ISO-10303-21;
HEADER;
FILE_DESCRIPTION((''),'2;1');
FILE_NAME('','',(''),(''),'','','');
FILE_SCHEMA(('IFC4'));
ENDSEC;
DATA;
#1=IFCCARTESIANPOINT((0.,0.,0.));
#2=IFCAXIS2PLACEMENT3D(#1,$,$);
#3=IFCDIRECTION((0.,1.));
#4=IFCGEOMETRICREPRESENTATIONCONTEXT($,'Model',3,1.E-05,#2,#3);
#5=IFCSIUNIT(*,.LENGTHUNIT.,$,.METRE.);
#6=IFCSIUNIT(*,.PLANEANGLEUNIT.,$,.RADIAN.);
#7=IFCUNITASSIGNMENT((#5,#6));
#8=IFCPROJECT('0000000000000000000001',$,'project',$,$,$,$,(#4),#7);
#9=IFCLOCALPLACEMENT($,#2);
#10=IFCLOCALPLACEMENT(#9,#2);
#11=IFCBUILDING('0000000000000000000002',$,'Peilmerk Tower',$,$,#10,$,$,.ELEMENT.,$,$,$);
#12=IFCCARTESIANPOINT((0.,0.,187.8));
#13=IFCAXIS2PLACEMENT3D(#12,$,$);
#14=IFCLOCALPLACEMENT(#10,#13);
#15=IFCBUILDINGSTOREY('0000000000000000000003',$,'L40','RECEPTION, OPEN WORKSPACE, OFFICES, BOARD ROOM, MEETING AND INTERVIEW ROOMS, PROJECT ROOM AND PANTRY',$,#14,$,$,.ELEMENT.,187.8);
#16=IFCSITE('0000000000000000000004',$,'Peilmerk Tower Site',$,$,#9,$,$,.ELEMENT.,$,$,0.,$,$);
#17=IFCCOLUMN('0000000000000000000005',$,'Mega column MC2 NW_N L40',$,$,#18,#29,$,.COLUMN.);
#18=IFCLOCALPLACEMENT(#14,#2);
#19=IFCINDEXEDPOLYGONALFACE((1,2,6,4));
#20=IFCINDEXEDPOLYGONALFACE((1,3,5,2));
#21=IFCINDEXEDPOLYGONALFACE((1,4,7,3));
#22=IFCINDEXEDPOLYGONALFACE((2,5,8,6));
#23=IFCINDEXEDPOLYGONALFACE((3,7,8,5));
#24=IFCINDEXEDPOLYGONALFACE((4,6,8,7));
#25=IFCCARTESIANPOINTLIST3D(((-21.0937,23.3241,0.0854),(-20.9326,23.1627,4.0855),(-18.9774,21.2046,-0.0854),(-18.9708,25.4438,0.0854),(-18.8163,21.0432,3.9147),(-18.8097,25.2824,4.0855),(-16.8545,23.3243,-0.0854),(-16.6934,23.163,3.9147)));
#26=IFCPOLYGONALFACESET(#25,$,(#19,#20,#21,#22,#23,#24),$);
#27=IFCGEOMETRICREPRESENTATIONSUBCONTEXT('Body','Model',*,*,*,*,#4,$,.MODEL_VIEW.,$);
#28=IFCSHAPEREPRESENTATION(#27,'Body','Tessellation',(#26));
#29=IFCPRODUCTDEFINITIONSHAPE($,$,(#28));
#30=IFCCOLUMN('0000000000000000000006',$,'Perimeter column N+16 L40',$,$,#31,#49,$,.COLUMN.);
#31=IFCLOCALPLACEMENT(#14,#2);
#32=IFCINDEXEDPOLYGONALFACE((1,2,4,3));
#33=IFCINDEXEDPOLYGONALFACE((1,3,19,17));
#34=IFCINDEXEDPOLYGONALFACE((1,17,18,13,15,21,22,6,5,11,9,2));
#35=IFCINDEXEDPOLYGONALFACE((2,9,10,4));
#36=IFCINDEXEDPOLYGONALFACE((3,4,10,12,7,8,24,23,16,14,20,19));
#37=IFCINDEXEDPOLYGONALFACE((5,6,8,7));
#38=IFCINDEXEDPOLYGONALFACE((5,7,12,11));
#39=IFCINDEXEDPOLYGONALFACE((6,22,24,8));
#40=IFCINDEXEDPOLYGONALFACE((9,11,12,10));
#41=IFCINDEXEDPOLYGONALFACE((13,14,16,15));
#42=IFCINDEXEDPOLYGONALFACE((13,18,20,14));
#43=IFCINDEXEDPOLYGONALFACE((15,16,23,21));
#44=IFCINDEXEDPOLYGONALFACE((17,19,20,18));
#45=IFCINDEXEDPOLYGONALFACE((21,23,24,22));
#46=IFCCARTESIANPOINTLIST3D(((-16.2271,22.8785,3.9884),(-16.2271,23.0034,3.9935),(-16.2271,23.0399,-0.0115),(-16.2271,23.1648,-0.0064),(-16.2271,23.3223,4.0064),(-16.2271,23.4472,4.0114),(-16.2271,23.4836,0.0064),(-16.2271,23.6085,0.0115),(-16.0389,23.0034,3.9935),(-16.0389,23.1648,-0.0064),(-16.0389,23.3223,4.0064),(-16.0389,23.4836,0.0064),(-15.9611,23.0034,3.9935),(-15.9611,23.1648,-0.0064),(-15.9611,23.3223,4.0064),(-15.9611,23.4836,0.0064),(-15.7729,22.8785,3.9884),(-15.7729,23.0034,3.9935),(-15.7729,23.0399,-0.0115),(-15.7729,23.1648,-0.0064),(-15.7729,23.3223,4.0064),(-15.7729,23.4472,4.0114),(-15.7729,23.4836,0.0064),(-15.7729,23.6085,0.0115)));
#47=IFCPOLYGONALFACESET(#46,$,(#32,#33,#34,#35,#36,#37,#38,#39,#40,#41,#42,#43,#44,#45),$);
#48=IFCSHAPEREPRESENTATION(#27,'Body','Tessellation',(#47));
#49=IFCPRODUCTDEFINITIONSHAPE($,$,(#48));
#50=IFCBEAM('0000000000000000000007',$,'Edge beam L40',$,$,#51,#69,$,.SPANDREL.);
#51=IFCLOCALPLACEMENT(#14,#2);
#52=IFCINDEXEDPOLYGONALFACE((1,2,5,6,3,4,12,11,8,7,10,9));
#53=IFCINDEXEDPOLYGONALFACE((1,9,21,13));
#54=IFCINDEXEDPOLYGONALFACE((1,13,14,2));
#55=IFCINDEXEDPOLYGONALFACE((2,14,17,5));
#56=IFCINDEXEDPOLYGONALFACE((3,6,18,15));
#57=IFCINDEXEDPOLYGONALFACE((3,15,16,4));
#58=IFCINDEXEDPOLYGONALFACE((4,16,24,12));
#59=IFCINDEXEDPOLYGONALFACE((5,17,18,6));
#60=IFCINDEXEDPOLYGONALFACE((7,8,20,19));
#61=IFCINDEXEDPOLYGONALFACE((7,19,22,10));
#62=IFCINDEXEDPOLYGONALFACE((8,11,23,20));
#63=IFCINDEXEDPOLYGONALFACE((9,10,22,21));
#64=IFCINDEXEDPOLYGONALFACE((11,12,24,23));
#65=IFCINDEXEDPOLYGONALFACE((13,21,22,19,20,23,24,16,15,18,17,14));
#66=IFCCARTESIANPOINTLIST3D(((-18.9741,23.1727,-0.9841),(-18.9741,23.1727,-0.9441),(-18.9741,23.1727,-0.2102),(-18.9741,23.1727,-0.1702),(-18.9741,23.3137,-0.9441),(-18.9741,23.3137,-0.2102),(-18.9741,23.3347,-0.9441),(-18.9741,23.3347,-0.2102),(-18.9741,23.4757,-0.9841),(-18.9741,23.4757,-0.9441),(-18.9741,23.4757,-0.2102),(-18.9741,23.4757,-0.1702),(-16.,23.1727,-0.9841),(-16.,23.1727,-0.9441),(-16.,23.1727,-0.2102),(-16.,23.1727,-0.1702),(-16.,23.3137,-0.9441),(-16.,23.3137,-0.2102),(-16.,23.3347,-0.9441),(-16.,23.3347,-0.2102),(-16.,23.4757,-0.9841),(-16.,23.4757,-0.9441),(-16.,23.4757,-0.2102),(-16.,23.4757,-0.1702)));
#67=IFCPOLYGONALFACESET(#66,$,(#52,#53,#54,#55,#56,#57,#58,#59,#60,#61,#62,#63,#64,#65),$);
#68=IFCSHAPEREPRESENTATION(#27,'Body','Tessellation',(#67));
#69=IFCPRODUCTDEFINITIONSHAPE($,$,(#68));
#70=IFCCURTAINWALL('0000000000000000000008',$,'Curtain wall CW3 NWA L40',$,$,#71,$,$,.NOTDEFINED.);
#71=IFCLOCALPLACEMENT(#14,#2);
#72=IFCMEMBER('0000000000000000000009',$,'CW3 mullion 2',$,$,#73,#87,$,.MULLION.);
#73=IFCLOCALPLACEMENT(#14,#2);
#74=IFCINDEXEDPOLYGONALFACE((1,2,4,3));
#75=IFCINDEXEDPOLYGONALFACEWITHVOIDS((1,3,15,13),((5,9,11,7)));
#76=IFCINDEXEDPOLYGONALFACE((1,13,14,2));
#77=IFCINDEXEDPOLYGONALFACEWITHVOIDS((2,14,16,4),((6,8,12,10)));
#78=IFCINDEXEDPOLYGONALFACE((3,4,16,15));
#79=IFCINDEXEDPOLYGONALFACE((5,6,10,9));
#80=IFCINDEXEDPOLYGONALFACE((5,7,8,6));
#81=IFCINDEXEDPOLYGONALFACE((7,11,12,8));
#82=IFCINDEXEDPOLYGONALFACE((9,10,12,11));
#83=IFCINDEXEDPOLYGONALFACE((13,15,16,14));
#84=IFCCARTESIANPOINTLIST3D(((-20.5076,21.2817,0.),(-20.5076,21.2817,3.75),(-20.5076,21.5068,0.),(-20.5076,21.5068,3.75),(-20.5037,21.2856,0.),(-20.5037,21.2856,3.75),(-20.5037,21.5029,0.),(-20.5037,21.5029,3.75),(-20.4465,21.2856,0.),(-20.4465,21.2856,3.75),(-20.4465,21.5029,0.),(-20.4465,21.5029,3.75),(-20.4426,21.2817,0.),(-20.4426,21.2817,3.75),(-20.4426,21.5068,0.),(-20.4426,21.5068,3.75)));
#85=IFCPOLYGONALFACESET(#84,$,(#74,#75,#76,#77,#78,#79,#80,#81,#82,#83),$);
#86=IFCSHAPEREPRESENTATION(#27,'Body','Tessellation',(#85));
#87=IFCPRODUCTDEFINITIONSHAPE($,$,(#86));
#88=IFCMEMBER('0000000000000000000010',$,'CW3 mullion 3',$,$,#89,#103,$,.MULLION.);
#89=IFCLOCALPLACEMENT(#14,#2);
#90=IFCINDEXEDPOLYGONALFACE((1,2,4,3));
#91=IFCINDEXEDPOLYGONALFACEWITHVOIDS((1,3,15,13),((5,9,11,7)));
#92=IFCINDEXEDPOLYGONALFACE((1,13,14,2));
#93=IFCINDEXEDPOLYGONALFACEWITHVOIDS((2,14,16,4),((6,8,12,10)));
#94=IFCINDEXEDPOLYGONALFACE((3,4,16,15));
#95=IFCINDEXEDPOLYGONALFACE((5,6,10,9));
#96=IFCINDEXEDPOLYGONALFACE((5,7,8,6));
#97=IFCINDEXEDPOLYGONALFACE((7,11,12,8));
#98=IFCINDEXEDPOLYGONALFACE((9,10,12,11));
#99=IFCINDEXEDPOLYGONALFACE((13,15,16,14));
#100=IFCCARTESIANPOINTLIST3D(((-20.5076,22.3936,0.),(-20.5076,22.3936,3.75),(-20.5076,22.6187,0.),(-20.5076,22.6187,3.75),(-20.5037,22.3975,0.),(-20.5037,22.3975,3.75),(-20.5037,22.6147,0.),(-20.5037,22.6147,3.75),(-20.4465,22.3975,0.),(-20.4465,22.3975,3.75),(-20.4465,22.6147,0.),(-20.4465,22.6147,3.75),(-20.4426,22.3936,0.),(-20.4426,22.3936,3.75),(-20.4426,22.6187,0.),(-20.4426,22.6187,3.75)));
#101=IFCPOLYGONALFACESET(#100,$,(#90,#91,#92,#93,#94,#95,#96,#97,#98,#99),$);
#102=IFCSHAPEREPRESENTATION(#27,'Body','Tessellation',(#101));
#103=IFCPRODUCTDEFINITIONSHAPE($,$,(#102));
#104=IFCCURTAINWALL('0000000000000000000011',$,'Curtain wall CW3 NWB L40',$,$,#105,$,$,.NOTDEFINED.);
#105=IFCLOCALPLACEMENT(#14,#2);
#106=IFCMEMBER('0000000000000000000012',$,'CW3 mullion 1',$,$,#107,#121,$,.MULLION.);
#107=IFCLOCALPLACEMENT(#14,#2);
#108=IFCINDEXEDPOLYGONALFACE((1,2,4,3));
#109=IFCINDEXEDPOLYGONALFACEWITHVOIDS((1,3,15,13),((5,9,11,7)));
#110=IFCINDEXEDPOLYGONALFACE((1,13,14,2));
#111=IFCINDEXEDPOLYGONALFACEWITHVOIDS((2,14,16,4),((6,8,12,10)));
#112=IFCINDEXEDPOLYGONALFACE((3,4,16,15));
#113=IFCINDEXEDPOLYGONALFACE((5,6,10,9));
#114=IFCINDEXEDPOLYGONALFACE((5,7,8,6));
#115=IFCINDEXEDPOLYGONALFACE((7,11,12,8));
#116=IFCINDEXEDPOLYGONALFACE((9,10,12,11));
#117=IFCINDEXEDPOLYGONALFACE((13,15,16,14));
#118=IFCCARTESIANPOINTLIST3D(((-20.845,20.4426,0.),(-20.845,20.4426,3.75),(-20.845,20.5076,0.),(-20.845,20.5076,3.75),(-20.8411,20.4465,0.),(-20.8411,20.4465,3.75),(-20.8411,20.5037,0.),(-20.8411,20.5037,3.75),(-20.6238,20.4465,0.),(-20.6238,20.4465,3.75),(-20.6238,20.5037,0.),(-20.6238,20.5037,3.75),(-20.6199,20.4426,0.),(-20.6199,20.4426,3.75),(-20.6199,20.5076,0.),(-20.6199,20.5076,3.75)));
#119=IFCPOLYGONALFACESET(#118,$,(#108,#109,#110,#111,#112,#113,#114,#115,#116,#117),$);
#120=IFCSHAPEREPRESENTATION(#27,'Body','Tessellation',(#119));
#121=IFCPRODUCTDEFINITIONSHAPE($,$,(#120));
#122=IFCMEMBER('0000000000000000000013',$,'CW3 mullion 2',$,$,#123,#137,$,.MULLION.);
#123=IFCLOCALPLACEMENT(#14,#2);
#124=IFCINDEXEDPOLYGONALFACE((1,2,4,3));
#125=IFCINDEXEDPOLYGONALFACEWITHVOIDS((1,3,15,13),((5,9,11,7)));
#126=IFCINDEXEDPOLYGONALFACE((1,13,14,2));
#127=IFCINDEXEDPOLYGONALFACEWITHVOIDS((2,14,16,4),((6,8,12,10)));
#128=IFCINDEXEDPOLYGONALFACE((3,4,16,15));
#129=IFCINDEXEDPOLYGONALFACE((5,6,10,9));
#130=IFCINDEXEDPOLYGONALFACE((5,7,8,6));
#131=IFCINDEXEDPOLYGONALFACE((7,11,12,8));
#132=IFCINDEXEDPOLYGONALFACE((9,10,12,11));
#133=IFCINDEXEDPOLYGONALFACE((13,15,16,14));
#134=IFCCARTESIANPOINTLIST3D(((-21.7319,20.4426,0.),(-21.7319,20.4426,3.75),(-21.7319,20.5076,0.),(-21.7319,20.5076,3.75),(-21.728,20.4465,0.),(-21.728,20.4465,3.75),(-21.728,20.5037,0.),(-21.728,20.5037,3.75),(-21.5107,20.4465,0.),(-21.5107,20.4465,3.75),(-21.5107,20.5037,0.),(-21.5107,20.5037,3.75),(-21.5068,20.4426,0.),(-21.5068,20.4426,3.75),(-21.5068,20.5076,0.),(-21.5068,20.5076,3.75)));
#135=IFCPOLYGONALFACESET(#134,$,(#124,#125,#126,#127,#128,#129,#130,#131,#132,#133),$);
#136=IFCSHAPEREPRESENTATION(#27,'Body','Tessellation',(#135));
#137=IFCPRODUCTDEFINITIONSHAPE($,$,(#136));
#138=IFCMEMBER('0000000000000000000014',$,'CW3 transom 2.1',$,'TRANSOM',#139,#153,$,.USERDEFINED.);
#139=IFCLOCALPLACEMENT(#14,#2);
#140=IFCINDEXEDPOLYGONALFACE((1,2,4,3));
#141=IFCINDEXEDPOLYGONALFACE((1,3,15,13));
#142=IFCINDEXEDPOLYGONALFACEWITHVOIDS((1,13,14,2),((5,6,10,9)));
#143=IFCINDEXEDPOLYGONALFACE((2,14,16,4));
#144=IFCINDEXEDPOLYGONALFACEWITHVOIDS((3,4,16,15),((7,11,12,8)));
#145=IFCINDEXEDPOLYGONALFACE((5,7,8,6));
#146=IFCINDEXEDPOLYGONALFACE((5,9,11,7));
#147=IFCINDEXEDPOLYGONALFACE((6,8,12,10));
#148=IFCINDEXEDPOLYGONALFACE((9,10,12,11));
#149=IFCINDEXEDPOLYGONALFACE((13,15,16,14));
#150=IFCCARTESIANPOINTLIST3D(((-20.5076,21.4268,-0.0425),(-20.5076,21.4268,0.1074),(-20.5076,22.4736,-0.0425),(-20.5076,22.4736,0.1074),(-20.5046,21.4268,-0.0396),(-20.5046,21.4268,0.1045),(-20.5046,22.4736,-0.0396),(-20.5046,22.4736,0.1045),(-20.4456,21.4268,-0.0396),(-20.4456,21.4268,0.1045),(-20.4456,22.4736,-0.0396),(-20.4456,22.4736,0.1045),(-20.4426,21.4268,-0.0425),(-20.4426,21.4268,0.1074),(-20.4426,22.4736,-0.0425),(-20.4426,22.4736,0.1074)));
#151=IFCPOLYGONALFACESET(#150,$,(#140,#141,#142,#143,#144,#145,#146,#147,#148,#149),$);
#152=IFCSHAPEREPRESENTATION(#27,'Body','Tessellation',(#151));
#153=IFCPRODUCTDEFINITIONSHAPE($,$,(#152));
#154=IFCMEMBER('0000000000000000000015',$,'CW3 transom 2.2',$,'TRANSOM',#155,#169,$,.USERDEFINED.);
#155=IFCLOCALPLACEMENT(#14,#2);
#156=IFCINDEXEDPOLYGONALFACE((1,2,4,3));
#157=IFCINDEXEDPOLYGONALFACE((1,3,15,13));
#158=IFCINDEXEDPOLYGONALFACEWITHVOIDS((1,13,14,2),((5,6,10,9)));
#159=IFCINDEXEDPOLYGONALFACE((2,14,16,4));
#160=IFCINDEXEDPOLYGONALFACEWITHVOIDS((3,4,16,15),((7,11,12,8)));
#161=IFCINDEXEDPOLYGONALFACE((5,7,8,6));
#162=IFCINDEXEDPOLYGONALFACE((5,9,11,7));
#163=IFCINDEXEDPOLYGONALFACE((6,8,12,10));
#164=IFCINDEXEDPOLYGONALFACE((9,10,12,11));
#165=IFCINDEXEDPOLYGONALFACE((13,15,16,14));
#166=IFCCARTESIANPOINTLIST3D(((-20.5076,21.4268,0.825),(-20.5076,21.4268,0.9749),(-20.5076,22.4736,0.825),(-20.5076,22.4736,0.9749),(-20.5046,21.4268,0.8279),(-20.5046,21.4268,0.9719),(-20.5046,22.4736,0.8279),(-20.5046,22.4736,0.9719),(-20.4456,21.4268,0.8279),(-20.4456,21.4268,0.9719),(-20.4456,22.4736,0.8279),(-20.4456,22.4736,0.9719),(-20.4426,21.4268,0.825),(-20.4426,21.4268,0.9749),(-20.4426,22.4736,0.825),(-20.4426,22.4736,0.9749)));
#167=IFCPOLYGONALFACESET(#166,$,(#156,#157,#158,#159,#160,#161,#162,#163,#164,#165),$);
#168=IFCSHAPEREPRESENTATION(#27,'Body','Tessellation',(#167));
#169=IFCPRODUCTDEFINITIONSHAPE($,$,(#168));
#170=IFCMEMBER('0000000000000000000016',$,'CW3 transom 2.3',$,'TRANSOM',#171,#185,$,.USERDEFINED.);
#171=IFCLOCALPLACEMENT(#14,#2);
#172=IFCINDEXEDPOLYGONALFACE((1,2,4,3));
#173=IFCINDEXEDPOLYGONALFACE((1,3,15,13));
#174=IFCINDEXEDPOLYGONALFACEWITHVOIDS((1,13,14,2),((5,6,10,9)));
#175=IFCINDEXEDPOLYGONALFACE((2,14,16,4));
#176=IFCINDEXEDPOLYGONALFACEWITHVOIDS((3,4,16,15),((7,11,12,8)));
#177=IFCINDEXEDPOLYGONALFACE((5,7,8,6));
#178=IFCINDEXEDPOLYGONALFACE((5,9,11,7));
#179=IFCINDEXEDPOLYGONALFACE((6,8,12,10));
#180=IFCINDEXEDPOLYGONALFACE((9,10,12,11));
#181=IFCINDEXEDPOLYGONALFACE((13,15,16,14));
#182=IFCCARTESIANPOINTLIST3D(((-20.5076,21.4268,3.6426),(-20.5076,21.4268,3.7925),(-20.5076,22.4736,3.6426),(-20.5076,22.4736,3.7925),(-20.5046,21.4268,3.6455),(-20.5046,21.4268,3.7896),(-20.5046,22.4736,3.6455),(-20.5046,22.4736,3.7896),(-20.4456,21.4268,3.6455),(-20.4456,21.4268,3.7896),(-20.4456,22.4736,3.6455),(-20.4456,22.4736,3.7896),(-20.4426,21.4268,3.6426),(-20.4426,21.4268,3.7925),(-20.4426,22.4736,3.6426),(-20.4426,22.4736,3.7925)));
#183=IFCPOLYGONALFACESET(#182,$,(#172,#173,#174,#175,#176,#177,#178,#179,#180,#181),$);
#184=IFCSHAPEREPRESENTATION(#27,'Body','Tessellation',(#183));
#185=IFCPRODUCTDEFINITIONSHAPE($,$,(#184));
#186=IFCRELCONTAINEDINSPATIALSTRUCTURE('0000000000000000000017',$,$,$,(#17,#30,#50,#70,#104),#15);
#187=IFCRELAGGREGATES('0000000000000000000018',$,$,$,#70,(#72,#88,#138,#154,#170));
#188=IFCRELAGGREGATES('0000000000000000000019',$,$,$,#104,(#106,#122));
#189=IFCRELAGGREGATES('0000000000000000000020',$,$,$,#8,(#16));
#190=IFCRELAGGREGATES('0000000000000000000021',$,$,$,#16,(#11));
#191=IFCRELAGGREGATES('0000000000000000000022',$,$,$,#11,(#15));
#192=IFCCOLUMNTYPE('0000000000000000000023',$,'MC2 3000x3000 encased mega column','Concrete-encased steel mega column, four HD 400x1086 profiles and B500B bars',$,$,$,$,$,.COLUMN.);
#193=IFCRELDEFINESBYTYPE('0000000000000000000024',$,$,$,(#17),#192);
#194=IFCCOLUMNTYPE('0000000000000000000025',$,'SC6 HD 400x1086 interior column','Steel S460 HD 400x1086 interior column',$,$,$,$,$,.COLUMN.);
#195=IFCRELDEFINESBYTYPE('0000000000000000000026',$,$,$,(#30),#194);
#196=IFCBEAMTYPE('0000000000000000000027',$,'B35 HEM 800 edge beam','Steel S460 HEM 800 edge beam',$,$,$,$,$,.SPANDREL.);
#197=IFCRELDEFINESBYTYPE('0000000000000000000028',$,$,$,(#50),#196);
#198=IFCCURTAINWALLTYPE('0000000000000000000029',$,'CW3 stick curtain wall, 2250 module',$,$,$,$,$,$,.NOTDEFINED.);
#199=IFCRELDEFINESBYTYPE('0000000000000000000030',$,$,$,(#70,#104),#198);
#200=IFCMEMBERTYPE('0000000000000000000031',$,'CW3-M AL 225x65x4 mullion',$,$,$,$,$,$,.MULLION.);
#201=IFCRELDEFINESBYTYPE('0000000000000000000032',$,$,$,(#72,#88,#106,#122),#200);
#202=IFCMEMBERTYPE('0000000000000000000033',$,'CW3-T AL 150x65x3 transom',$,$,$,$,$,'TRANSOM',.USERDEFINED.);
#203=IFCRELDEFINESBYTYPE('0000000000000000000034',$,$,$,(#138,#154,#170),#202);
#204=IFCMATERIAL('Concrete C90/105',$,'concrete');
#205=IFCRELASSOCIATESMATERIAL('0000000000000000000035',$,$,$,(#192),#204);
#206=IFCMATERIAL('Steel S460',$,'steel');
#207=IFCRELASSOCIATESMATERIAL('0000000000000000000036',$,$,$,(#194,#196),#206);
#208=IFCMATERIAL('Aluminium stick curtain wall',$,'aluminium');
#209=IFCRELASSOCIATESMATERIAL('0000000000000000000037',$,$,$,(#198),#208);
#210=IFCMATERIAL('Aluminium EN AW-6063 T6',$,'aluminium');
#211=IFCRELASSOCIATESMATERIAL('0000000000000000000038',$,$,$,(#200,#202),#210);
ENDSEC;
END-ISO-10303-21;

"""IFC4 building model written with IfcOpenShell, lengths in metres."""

from ifc_helpers import new_model, si_unit, direction, frame, origin, origin_2d, place, context, subcontext, project, spatial, rectangle, hollow_rectangle, i_section, extrude, material, material_profile, profile_set, type_object, element, aggregate, save


model = new_model("IFC4")

# Units and contexts
model_context = context("Model", 3, precision=1e-05, world=origin(), true_north=direction((0.0, 1.0)))
body_context = subcontext(model_context, "Body", "Model", "MODEL_VIEW")
ifc_project = project(units=[si_unit("LENGTHUNIT", "METRE"), si_unit("PLANEANGLEUNIT", "RADIAN")], contexts=[model_context])

# Site, building, storey
site_placement = place(None, origin())
site = spatial("IfcSite", under=ifc_project, at=site_placement, Name="Peilmerk Tower Site", CompositionType="ELEMENT", RefElevation=0.0)
building_placement = place(site_placement, origin())
building = spatial("IfcBuilding", under=site, at=building_placement, Name="Peilmerk Tower", CompositionType="ELEMENT")
storey_placement = place(building_placement, frame((0.0, 0.0, 187.8)))
storey = spatial("IfcBuildingStorey", under=building, at=storey_placement, Name="L40", Description="RECEPTION, OPEN WORKSPACE, OFFICES, BOARD ROOM, MEETING AND INTERVIEW ROOMS, PROJECT ROOM AND PANTRY", CompositionType="ELEMENT", Elevation=187.8)

# Columns
ifc_material_1 = material(Name="Concrete C90/105", Category="concrete")
ifc_material_profile_1 = material_profile(ifc_material_1, rectangle(XDim=3.0, YDim=3.0, at=origin_2d()), Name="RC 3000x3000")
ifc_profile_set_1 = profile_set([ifc_material_profile_1], Name="Concrete C90/105")
column_type_1 = type_object("IfcColumnType", Name="MC2 3000x3000 encased mega column", Description="Concrete-encased steel mega column, four HD 400x1086 profiles and B500B bars", PredefinedType="COLUMN", material=ifc_profile_set_1)
column_1_placement = place(storey_placement, frame((-18.9741, 23.3242, 0.0), z_axis=(0.040218, -0.040279, 0.998379), x_axis=(0.707642, 0.706571, 0.0)))
element("IfcColumn", 1, at=column_1_placement, inside=storey, type_object=column_type_1, Name="Mega column MC2 NW_N L40", PredefinedType="COLUMN", context=body_context, shape_type="SweptSolid", body=[
    extrude(rectangle(XDim=3.0, YDim=3.0, at=origin_2d()), origin(), (0.0, 0.0, 1.0), 4.0066),
])
ifc_material_2 = material(Name="Steel S460", Category="steel")
ifc_material_profile_2 = material_profile(ifc_material_2, i_section(OverallWidth=0.4541, OverallDepth=0.5691, WebThickness=0.0779, FlangeThickness=0.125, at=origin_2d()), Name="HD 400x1086")
ifc_profile_set_2 = profile_set([ifc_material_profile_2], Name="Steel S460")
column_type_2 = type_object("IfcColumnType", Name="SC6 HD 400x1086 interior column", Description="Steel S460 HD 400x1086 interior column", PredefinedType="COLUMN", material=ifc_profile_set_2)
column_2_placement = place(storey_placement, frame((-16.0, 23.3242, 0.0), z_axis=(0.0, -0.040311, 0.999187), x_axis=(1.0, 0.0, 0.0)))
element("IfcColumn", 2, at=column_2_placement, inside=storey, type_object=column_type_2, Name="Perimeter column N+16 L40", PredefinedType="COLUMN", context=body_context, shape_type="SweptSolid", body=[
    extrude(i_section(OverallWidth=0.4541, OverallDepth=0.5691, WebThickness=0.0779, FlangeThickness=0.125, at=origin_2d()), origin(), (0.0, 0.0, 1.0), 4.0032),
])

# Beam
ifc_material_profile_3 = material_profile(ifc_material_2, i_section(OverallWidth=0.303, OverallDepth=0.814, WebThickness=0.021, FlangeThickness=0.04, at=origin_2d()), Name="HEM 800")
ifc_profile_set_3 = profile_set([ifc_material_profile_3], Name="Steel S460")
beam_type = type_object("IfcBeamType", Name="B35 HEM 800 edge beam", Description="Steel S460 HEM 800 edge beam", PredefinedType="SPANDREL", material=ifc_profile_set_3)
beam_placement = place(storey_placement, frame((-16.0, 23.3242, -0.5771), z_axis=(-1.0, 0.0, 0.0), x_axis=(0.0, -1.0, 0.0)))
element("IfcBeam", 3, at=beam_placement, inside=storey, type_object=beam_type, Name="Edge beam L40", PredefinedType="SPANDREL", context=body_context, shape_type="SweptSolid", body=[
    extrude(i_section(OverallWidth=0.303, OverallDepth=0.814, WebThickness=0.021, FlangeThickness=0.04, at=origin_2d()), origin(), (0.0, 0.0, 1.0), 2.9741),
])

# Curtain walls, members
ifc_material_3 = material(Name="Aluminium stick curtain wall", Category="aluminium")
curtain_wall_type = type_object("IfcCurtainWallType", Name="CW3 stick curtain wall, 2250 module", PredefinedType="NOTDEFINED", material=ifc_material_3)
curtain_wall_1_placement = place(storey_placement, origin())
curtain_wall_1 = element("IfcCurtainWall", 4, at=curtain_wall_1_placement, inside=storey, type_object=curtain_wall_type, Name="Curtain wall CW3 NWA L40", PredefinedType="NOTDEFINED")
ifc_material_4 = material(Name="Aluminium EN AW-6063 T6", Category="aluminium")
ifc_material_profile_4 = material_profile(ifc_material_4, hollow_rectangle(XDim=0.0649, YDim=0.2251, WallThickness=0.0039, at=origin_2d()), Name="AL 225x65x4")
ifc_profile_set_4 = profile_set([ifc_material_profile_4], Name="Aluminium EN AW-6063 T6")
member_type_1 = type_object("IfcMemberType", Name="CW3-M AL 225x65x4 mullion", PredefinedType="MULLION", material=ifc_profile_set_4)
member_1_placement = place(storey_placement, frame((-20.4751, 21.3943, 0.0), z_axis=(0.0, 0.0, 1.0), x_axis=(-1.0, 0.0, 0.0)))
member_1 = element("IfcMember", 5, at=member_1_placement, type_object=member_type_1, Name="CW3 mullion 2", PredefinedType="MULLION", context=body_context, shape_type="SweptSolid", body=[
    extrude(hollow_rectangle(XDim=0.0649, YDim=0.2251, WallThickness=0.0039, at=origin_2d()), origin(), (0.0, 0.0, 1.0), 3.75),
])
member_2_placement = place(storey_placement, frame((-20.4751, 22.5061, 0.0), z_axis=(0.0, 0.0, 1.0), x_axis=(-1.0, 0.0, 0.0)))
member_2 = element("IfcMember", 6, at=member_2_placement, type_object=member_type_1, Name="CW3 mullion 3", PredefinedType="MULLION", context=body_context, shape_type="SweptSolid", body=[
    extrude(hollow_rectangle(XDim=0.0649, YDim=0.2251, WallThickness=0.0039, at=origin_2d()), origin(), (0.0, 0.0, 1.0), 3.75),
])
curtain_wall_2_placement = place(storey_placement, origin())
curtain_wall_2 = element("IfcCurtainWall", 7, at=curtain_wall_2_placement, inside=storey, type_object=curtain_wall_type, Name="Curtain wall CW3 NWB L40", PredefinedType="NOTDEFINED")
member_3_placement = place(storey_placement, frame((-20.7324, 20.4751, 0.0), z_axis=(0.0, 0.0, 1.0), x_axis=(0.0, -1.0, 0.0)))
member_3 = element("IfcMember", 8, at=member_3_placement, type_object=member_type_1, Name="CW3 mullion 1", PredefinedType="MULLION", context=body_context, shape_type="SweptSolid", body=[
    extrude(hollow_rectangle(XDim=0.0649, YDim=0.2251, WallThickness=0.0039, at=origin_2d()), origin(), (0.0, 0.0, 1.0), 3.75),
])
member_4_placement = place(storey_placement, frame((-21.6194, 20.4751, 0.0), z_axis=(0.0, 0.0, 1.0), x_axis=(0.0, -1.0, 0.0)))
member_4 = element("IfcMember", 9, at=member_4_placement, type_object=member_type_1, Name="CW3 mullion 2", PredefinedType="MULLION", context=body_context, shape_type="SweptSolid", body=[
    extrude(hollow_rectangle(XDim=0.0649, YDim=0.2251, WallThickness=0.0039, at=origin_2d()), origin(), (0.0, 0.0, 1.0), 3.75),
])

# Members
ifc_material_profile_5 = material_profile(ifc_material_4, hollow_rectangle(XDim=0.0649, YDim=0.1499, WallThickness=0.0029, at=origin_2d()), Name="AL 150x65x3")
ifc_profile_set_5 = profile_set([ifc_material_profile_5], Name="Aluminium EN AW-6063 T6")
member_type_2 = type_object("IfcMemberType", Name="CW3-T AL 150x65x3 transom", ElementType="TRANSOM", PredefinedType="USERDEFINED", material=ifc_profile_set_5)
member_5_placement = place(storey_placement, frame((-20.4751, 21.4268, 0.0325), z_axis=(0.0, 1.0, 0.0), x_axis=(-1.0, 0.0, 0.0)))
member_5 = element("IfcMember", 10, at=member_5_placement, type_object=member_type_2, Name="CW3 transom 2.1", ObjectType="TRANSOM", PredefinedType="USERDEFINED", context=body_context, shape_type="SweptSolid", body=[
    extrude(hollow_rectangle(XDim=0.0649, YDim=0.1499, WallThickness=0.0029, at=origin_2d()), origin(), (0.0, 0.0, 1.0), 1.0469),
])
member_6_placement = place(storey_placement, frame((-20.4751, 21.4268, 0.8999), z_axis=(0.0, 1.0, 0.0), x_axis=(-1.0, 0.0, 0.0)))
member_6 = element("IfcMember", 11, at=member_6_placement, type_object=member_type_2, Name="CW3 transom 2.2", ObjectType="TRANSOM", PredefinedType="USERDEFINED", context=body_context, shape_type="SweptSolid", body=[
    extrude(hollow_rectangle(XDim=0.0649, YDim=0.1499, WallThickness=0.0029, at=origin_2d()), origin(), (0.0, 0.0, 1.0), 1.0469),
])
member_7_placement = place(storey_placement, frame((-20.4751, 21.4268, 3.7175), z_axis=(0.0, 1.0, 0.0), x_axis=(-1.0, 0.0, 0.0)))
member_7 = element("IfcMember", 12, at=member_7_placement, type_object=member_type_2, Name="CW3 transom 2.3", ObjectType="TRANSOM", PredefinedType="USERDEFINED", context=body_context, shape_type="SweptSolid", body=[
    extrude(hollow_rectangle(XDim=0.0649, YDim=0.1499, WallThickness=0.0029, at=origin_2d()), origin(), (0.0, 0.0, 1.0), 1.0469),
])

aggregate(curtain_wall_1, [member_1, member_2, member_5, member_6, member_7])
aggregate(curtain_wall_2, [member_3, member_4])

save(model, "model.ifc")
